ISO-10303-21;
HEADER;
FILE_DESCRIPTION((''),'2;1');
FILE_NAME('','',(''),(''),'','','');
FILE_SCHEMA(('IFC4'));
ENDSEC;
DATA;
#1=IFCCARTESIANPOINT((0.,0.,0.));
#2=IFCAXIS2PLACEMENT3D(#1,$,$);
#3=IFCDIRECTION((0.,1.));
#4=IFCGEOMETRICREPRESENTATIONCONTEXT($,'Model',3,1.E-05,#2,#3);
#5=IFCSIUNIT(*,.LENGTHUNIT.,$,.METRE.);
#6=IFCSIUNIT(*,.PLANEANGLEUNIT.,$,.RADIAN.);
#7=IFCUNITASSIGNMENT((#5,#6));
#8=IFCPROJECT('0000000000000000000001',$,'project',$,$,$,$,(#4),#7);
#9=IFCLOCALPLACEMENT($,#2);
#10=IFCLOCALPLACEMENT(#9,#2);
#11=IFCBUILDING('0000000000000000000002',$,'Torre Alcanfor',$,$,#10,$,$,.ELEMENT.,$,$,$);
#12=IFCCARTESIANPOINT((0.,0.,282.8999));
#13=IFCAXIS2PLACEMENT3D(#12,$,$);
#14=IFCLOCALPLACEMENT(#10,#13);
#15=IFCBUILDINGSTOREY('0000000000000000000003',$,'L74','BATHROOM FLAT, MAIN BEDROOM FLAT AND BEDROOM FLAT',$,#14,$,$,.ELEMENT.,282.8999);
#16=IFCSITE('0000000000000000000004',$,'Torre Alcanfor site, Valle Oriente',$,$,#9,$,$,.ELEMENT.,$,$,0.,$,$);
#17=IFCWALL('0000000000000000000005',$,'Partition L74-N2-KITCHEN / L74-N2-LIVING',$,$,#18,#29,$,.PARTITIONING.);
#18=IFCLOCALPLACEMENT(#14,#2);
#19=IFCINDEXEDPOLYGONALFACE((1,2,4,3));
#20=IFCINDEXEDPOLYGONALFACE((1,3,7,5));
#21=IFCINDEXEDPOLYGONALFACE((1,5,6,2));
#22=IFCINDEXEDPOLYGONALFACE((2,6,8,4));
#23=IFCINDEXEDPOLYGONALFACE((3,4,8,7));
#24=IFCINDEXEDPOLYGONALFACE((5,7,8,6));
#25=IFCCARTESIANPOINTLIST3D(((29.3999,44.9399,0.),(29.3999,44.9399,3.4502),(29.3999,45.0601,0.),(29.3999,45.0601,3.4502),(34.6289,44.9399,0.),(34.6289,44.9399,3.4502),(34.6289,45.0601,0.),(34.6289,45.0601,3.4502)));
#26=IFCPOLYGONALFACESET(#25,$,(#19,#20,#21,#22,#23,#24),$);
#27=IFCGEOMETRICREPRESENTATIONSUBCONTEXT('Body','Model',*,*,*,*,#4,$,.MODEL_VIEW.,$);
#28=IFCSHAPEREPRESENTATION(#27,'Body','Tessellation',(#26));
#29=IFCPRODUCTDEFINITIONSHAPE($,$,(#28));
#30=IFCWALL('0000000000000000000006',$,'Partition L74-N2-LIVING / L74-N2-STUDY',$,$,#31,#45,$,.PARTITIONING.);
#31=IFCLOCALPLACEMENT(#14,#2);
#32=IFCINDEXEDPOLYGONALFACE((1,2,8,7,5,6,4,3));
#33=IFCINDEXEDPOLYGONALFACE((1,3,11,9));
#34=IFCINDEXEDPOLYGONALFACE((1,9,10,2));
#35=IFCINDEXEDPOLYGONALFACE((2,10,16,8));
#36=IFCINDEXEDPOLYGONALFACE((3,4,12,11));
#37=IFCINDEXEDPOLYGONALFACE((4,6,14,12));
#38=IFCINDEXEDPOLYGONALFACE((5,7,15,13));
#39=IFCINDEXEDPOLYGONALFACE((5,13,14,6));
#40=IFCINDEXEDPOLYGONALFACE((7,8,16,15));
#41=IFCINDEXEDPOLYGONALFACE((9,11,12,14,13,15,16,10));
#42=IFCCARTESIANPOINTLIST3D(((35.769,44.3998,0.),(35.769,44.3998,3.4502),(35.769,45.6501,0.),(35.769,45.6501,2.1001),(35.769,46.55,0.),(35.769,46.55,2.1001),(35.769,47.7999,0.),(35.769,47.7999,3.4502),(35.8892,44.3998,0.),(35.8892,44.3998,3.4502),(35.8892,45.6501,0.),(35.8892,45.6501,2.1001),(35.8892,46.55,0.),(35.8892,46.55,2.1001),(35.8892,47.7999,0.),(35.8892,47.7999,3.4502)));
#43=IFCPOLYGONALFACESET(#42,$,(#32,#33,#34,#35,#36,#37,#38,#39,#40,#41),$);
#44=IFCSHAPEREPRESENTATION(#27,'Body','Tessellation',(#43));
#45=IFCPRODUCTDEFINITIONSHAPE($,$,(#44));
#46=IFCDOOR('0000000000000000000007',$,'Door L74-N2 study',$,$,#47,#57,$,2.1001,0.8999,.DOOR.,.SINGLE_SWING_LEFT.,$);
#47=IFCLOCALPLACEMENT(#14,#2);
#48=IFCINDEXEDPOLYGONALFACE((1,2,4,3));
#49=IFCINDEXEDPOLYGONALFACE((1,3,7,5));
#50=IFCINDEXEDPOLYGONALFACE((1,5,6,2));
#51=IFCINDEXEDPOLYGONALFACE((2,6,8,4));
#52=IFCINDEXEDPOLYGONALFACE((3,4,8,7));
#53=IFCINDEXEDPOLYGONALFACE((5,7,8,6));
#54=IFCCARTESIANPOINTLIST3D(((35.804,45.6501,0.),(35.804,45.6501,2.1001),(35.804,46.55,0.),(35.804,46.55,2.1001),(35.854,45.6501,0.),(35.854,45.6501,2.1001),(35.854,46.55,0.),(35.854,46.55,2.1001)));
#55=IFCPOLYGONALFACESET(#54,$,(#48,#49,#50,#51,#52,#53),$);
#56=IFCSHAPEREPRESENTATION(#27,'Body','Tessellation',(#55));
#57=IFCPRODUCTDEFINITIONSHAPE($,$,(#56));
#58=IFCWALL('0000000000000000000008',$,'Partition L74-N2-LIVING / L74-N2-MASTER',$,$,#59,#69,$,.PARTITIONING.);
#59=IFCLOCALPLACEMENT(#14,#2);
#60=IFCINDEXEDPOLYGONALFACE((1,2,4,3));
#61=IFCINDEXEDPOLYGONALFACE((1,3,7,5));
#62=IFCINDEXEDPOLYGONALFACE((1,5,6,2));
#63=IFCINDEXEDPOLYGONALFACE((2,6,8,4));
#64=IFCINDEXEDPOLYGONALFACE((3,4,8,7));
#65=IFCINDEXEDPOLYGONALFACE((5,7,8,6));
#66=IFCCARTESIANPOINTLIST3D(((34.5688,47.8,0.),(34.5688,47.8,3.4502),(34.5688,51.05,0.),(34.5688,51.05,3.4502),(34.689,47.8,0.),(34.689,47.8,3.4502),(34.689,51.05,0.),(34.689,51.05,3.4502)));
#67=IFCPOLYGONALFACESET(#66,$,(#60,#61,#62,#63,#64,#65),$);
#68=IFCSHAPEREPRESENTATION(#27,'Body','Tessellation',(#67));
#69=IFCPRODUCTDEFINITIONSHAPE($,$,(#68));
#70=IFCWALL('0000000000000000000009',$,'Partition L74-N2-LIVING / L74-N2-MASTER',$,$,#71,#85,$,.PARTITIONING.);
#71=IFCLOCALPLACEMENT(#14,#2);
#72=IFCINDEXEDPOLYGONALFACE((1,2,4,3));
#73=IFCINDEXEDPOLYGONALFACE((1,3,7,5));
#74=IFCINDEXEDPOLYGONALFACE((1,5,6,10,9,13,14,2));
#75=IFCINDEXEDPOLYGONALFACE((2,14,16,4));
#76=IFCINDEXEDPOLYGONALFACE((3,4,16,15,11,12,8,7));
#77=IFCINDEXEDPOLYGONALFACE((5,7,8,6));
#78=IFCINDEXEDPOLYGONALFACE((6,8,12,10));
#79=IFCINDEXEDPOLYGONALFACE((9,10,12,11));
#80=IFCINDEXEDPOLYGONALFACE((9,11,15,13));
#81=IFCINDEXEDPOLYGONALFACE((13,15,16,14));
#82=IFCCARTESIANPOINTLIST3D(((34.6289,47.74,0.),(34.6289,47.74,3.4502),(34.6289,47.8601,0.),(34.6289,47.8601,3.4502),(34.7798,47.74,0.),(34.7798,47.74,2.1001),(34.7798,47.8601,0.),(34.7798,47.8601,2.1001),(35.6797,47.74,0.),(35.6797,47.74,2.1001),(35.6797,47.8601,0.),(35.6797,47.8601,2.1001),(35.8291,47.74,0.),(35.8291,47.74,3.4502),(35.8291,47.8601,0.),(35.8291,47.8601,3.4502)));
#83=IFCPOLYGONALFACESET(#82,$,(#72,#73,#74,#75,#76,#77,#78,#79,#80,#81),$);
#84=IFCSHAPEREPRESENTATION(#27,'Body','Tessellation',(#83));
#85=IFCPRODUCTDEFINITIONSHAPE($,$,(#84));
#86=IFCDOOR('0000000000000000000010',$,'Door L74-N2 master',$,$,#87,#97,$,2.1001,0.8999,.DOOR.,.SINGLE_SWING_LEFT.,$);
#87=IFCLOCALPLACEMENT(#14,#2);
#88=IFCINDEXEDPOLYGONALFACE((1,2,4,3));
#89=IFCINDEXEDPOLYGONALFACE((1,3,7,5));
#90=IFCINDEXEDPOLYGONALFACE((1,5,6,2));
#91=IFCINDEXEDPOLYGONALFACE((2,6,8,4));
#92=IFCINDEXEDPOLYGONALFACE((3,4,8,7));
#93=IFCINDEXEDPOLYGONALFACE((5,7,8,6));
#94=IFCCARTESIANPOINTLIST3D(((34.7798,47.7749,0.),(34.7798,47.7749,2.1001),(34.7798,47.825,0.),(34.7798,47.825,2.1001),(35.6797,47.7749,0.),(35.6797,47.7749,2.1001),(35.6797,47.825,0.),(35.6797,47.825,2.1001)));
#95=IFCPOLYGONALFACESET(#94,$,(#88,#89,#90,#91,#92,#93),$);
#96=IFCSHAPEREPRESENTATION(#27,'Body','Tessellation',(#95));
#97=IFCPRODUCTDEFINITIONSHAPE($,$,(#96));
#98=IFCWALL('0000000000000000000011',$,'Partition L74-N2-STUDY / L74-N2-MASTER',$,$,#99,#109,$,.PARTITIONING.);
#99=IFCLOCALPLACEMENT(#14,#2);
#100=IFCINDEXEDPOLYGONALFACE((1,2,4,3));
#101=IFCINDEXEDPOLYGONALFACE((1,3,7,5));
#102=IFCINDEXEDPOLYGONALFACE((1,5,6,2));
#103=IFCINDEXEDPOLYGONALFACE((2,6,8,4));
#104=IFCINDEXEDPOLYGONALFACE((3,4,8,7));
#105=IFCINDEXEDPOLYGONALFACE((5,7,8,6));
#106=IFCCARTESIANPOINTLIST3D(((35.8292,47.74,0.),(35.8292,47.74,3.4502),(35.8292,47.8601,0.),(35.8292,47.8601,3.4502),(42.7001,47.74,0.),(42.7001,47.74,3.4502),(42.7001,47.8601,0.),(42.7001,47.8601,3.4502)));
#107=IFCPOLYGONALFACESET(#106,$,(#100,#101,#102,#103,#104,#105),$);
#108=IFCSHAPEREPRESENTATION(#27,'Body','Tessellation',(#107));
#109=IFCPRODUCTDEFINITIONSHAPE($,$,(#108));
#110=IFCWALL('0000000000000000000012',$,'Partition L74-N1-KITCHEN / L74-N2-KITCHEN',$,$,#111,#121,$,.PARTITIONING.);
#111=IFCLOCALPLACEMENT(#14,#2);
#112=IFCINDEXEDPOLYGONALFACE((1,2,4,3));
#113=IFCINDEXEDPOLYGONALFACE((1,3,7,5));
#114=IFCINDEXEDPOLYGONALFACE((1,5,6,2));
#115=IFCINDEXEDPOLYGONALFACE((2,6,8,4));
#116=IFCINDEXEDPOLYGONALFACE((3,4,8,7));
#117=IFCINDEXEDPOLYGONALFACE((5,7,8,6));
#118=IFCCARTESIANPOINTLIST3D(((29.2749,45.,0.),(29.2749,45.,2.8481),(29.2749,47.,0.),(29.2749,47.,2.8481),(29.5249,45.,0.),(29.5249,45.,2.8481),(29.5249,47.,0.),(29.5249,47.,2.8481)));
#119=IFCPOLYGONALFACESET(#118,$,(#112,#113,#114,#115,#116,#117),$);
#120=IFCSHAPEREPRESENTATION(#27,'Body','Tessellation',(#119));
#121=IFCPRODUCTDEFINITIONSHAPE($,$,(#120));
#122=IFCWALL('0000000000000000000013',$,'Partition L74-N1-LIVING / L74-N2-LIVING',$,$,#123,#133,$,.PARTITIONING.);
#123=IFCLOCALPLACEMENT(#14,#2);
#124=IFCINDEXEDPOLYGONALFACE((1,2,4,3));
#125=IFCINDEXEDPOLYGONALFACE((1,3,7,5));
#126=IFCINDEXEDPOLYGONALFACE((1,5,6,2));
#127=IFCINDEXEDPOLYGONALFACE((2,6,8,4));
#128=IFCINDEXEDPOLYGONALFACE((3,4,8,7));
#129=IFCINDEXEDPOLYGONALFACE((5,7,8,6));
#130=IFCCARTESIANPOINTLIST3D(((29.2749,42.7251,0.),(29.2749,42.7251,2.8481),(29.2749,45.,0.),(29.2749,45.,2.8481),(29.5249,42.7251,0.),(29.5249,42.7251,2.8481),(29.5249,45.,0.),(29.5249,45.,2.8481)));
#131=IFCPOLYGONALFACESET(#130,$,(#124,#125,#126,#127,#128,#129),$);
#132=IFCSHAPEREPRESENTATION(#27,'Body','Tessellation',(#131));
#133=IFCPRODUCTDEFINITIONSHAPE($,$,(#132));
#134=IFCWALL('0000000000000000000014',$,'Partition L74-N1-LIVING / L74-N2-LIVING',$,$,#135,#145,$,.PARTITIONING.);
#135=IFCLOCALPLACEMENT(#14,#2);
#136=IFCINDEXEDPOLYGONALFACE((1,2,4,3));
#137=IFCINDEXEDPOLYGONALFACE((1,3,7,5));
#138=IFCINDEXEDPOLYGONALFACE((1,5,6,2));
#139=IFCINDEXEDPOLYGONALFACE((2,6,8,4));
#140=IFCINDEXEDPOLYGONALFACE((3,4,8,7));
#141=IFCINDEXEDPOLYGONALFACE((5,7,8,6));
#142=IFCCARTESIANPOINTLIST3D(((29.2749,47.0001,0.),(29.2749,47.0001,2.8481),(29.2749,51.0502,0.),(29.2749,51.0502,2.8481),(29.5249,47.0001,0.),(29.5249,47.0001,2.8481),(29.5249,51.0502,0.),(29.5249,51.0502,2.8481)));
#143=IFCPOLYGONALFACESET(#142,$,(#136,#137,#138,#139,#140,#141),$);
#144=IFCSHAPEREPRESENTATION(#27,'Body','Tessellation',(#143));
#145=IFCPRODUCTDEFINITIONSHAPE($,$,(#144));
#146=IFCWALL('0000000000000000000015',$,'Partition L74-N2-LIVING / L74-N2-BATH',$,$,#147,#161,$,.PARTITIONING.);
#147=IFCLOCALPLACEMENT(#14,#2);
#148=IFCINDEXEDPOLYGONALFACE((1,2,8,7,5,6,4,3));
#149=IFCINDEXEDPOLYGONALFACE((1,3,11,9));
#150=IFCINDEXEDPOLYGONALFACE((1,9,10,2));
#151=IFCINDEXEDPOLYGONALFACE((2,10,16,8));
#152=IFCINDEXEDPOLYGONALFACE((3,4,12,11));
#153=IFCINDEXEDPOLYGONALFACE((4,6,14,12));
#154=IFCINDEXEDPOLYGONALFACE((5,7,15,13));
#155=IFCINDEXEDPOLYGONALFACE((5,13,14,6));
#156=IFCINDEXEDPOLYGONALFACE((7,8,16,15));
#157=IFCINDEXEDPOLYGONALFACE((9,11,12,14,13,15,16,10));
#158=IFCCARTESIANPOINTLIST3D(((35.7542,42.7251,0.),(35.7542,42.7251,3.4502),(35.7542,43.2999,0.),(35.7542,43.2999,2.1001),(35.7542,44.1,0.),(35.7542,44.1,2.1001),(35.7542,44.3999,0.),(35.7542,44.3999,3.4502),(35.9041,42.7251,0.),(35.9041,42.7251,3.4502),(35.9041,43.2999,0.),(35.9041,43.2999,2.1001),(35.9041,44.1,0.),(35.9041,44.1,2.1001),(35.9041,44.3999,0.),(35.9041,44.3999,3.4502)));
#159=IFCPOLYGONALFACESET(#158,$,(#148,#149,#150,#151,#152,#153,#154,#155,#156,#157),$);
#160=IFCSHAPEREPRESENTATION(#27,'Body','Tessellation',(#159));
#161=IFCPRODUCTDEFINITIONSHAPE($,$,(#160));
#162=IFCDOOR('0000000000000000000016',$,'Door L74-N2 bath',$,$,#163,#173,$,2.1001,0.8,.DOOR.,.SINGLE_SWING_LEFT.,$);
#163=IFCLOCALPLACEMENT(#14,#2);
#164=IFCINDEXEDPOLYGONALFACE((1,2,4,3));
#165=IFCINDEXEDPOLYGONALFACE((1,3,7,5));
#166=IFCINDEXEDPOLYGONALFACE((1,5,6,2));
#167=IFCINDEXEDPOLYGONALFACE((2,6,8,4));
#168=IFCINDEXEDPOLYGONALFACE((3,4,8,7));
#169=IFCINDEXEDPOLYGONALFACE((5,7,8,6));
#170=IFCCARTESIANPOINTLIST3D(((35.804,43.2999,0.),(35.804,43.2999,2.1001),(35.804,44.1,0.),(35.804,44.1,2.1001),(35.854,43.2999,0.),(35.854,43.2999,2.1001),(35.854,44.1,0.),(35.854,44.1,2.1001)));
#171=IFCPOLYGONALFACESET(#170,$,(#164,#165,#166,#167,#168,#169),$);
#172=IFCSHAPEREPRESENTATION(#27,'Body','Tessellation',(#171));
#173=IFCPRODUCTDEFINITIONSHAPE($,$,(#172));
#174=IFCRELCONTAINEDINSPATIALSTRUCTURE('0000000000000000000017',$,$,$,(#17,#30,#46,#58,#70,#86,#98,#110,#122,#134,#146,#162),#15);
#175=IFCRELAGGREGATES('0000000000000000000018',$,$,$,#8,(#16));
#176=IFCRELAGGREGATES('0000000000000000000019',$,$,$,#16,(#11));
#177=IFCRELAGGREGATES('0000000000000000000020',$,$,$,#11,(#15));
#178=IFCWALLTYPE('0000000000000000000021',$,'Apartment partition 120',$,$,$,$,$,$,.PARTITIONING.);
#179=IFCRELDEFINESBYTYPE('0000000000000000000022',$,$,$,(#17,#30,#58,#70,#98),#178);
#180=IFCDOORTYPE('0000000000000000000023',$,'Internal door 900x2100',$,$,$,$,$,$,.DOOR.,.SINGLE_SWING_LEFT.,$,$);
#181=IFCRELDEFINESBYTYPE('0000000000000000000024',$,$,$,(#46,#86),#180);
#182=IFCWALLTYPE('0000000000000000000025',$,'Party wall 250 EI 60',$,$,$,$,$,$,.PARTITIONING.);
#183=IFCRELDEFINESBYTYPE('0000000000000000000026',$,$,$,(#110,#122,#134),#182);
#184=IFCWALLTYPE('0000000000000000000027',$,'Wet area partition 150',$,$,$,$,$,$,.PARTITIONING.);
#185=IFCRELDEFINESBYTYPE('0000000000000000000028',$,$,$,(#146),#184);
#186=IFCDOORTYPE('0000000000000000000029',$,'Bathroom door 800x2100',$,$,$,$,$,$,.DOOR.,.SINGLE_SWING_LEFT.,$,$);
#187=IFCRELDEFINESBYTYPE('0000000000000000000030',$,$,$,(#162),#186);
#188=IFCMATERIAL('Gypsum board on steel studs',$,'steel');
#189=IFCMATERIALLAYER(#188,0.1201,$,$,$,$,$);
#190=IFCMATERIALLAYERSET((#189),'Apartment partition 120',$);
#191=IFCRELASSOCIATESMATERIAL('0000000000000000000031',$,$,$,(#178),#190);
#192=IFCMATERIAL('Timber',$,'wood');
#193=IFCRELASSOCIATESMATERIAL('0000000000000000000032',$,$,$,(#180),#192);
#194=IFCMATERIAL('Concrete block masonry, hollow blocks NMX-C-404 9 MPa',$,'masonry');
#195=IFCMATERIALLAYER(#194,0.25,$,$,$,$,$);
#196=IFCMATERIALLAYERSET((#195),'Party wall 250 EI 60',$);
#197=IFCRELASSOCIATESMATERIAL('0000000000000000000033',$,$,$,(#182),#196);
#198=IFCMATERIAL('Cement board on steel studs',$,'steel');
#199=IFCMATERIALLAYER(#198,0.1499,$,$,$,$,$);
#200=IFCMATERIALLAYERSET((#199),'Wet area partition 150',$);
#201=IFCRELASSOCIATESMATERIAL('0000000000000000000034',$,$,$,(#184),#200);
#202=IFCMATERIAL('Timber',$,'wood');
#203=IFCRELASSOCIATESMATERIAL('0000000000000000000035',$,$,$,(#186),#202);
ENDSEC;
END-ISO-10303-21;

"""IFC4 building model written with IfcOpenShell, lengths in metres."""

from ifc_helpers import new_model, si_unit, direction, frame, frame_2d, origin, place, context, subcontext, project, spatial, rectangle, extrude, material, layer, layer_set, type_object, element, fill, save


model = new_model("IFC4")

# Units and contexts
model_context = context("Model", 3, precision=1e-05, world=origin(), true_north=direction((0.0, 1.0)))
body_context = subcontext(model_context, "Body", "Model", "MODEL_VIEW")
ifc_project = project(units=[si_unit("LENGTHUNIT", "METRE"), si_unit("PLANEANGLEUNIT", "RADIAN")], contexts=[model_context])

# Site, building, storey
site_placement = place(None, origin())
site = spatial("IfcSite", under=ifc_project, at=site_placement, Name="Torre Alcanfor site, Valle Oriente", CompositionType="ELEMENT", RefElevation=0.0)
building_placement = place(site_placement, origin())
building = spatial("IfcBuilding", under=site, at=building_placement, Name="Torre Alcanfor", CompositionType="ELEMENT")
storey_placement = place(building_placement, frame((0.0, 0.0, 282.8999)))
storey = spatial("IfcBuildingStorey", under=building, at=storey_placement, Name="L74", Description="BATHROOM FLAT, MAIN BEDROOM FLAT AND BEDROOM FLAT", CompositionType="ELEMENT", Elevation=282.8999)

# Shared definitions
ifc_material_1 = material(Name="Gypsum board on steel studs", Category="steel")
ifc_layer_1 = layer(ifc_material_1, 0.1201)
ifc_layer_set_1 = layer_set([ifc_layer_1], Name="Apartment partition 120")
wall_type_1 = type_object("IfcWallType", Name="Apartment partition 120", PredefinedType="PARTITIONING", material=ifc_layer_set_1)

# Shared definitions
ifc_material_2 = material(Name="Timber", Category="wood")
door_type_1 = type_object("IfcDoorType", Name="Internal door 900x2100", OperationType="SINGLE_SWING_LEFT", PredefinedType="DOOR", material=ifc_material_2)

# Wall
wall_1_placement = place(storey_placement, frame((34.6289, 45.0, 0.0), z_axis=(0.0, 0.0, 1.0), x_axis=(-1.0, 0.0, 0.0)))
element("IfcWall", 1, at=wall_1_placement, inside=storey, type_object=wall_type_1, Name="Partition L74-N2-KITCHEN / L74-N2-LIVING", PredefinedType="PARTITIONING", context=body_context, shape_type="SweptSolid", body=[
    extrude(rectangle(XDim=5.229, YDim=0.1201, at=frame_2d((2.6145, 0.0))), origin(), (0.0, 0.0, 1.0), 3.4502),
])

# Wall, opening, door
wall_2_placement = place(storey_placement, frame((35.8291, 47.8, 0.0), z_axis=(0.0, 0.0, 1.0), x_axis=(0.0, -1.0, 0.0)))
wall_2 = element("IfcWall", 2, at=wall_2_placement, inside=storey, type_object=wall_type_1, Name="Partition L74-N2-LIVING / L74-N2-STUDY", PredefinedType="PARTITIONING", context=body_context, shape_type="SweptSolid", body=[
    extrude(rectangle(XDim=3.4001, YDim=0.1201, at=frame_2d((1.7002, 0.0))), origin(), (0.0, 0.0, 1.0), 3.4502),
])
opening_1_placement = place(wall_2_placement, frame((1.25, 0.0, 0.0)))
opening_1 = element("IfcOpeningElement", 3, at=opening_1_placement, cuts=wall_2, PredefinedType="OPENING", context=body_context, shape_type="SweptSolid", body=[
    extrude(rectangle(XDim=0.8999, YDim=2.1001, at=frame_2d((0.45, 1.05))), frame((0.0, 0.0701, 0.0), z_axis=(0.0, -1.0, 0.0), x_axis=(1.0, 0.0, 0.0)), (0.0, 0.0, 1.0), 0.1401),
])
door_1_placement = place(opening_1_placement, origin())
door_1 = element("IfcDoor", 4, at=door_1_placement, inside=storey, type_object=door_type_1, Name="Door L74-N2 study", OperationType="SINGLE_SWING_LEFT", OverallHeight=2.1001, OverallWidth=0.8999, PredefinedType="DOOR", context=body_context, shape_type="SweptSolid", body=[
    extrude(rectangle(XDim=0.8999, YDim=2.1001, at=frame_2d((0.45, 1.05))), frame((0.0, 0.0249, 0.0), z_axis=(0.0, -1.0, 0.0), x_axis=(1.0, 0.0, 0.0)), (0.0, 0.0, 1.0), 0.05),
])
fill(opening_1, door_1)

# Wall
wall_3_placement = place(storey_placement, frame((34.6289, 51.05, 0.0), z_axis=(0.0, 0.0, 1.0), x_axis=(0.0, -1.0, 0.0)))
element("IfcWall", 5, at=wall_3_placement, inside=storey, type_object=wall_type_1, Name="Partition L74-N2-LIVING / L74-N2-MASTER", PredefinedType="PARTITIONING", context=body_context, shape_type="SweptSolid", body=[
    extrude(rectangle(XDim=3.25, YDim=0.1201, at=frame_2d((1.625, 0.0))), origin(), (0.0, 0.0, 1.0), 3.4502),
])

# Wall, opening, door
wall_4_placement = place(storey_placement, frame((34.6289, 47.8, 0.0), z_axis=(0.0, 0.0, 1.0), x_axis=(1.0, 0.0, 0.0)))
wall_4 = element("IfcWall", 6, at=wall_4_placement, inside=storey, type_object=wall_type_1, Name="Partition L74-N2-LIVING / L74-N2-MASTER", PredefinedType="PARTITIONING", context=body_context, shape_type="SweptSolid", body=[
    extrude(rectangle(XDim=1.2002, YDim=0.1201, at=frame_2d((0.6001, 0.0))), origin(), (0.0, 0.0, 1.0), 3.4502),
])
opening_2_placement = place(wall_4_placement, frame((0.1509, 0.0, 0.0)))
opening_2 = element("IfcOpeningElement", 7, at=opening_2_placement, cuts=wall_4, PredefinedType="OPENING", context=body_context, shape_type="SweptSolid", body=[
    extrude(rectangle(XDim=0.8999, YDim=2.1001, at=frame_2d((0.45, 1.05))), frame((0.0, 0.0701, 0.0), z_axis=(0.0, -1.0, 0.0), x_axis=(1.0, 0.0, 0.0)), (0.0, 0.0, 1.0), 0.1401),
])
door_2_placement = place(opening_2_placement, origin())
door_2 = element("IfcDoor", 8, at=door_2_placement, inside=storey, type_object=door_type_1, Name="Door L74-N2 master", OperationType="SINGLE_SWING_LEFT", OverallHeight=2.1001, OverallWidth=0.8999, PredefinedType="DOOR", context=body_context, shape_type="SweptSolid", body=[
    extrude(rectangle(XDim=0.8999, YDim=2.1001, at=frame_2d((0.45, 1.05))), frame((0.0, 0.0249, 0.0), z_axis=(0.0, -1.0, 0.0), x_axis=(1.0, 0.0, 0.0)), (0.0, 0.0, 1.0), 0.05),
])
fill(opening_2, door_2)

# Walls
wall_5_placement = place(storey_placement, frame((35.8291, 47.8, 0.0), z_axis=(0.0, 0.0, 1.0), x_axis=(1.0, 0.0, 0.0)))
element("IfcWall", 9, at=wall_5_placement, inside=storey, type_object=wall_type_1, Name="Partition L74-N2-STUDY / L74-N2-MASTER", PredefinedType="PARTITIONING", context=body_context, shape_type="SweptSolid", body=[
    extrude(rectangle(XDim=6.8708, YDim=0.1201, at=frame_2d((3.4355, 0.0))), origin(), (0.0, 0.0, 1.0), 3.4502),
])
ifc_material_3 = material(Name="Concrete block masonry, hollow blocks NMX-C-404 9 MPa", Category="masonry")
ifc_layer_2 = layer(ifc_material_3, 0.25)
ifc_layer_set_2 = layer_set([ifc_layer_2], Name="Party wall 250 EI 60")
wall_type_2 = type_object("IfcWallType", Name="Party wall 250 EI 60", PredefinedType="PARTITIONING", material=ifc_layer_set_2)
wall_6_placement = place(storey_placement, frame((29.3999, 45.0, 0.0), z_axis=(0.0, 0.0, 1.0), x_axis=(0.0, 1.0, 0.0)))
element("IfcWall", 10, at=wall_6_placement, inside=storey, type_object=wall_type_2, Name="Partition L74-N1-KITCHEN / L74-N2-KITCHEN", PredefinedType="PARTITIONING", context=body_context, shape_type="SweptSolid", body=[
    extrude(rectangle(XDim=2.0, YDim=0.25, at=frame_2d((1.0, 0.0))), origin(), (0.0, 0.0, 1.0), 2.8481),
])
wall_7_placement = place(storey_placement, frame((29.3999, 45.0, 0.0), z_axis=(0.0, 0.0, 1.0), x_axis=(0.0, -1.0, 0.0)))
element("IfcWall", 11, at=wall_7_placement, inside=storey, type_object=wall_type_2, Name="Partition L74-N1-LIVING / L74-N2-LIVING", PredefinedType="PARTITIONING", context=body_context, shape_type="SweptSolid", body=[
    extrude(rectangle(XDim=2.2749, YDim=0.25, at=frame_2d((1.1375, 0.0))), origin(), (0.0, 0.0, 1.0), 2.8481),
])
wall_8_placement = place(storey_placement, frame((29.3999, 51.05, 0.0), z_axis=(0.0, 0.0, 1.0), x_axis=(0.0, -1.0, 0.0)))
element("IfcWall", 12, at=wall_8_placement, inside=storey, type_object=wall_type_2, Name="Partition L74-N1-LIVING / L74-N2-LIVING", PredefinedType="PARTITIONING", context=body_context, shape_type="SweptSolid", body=[
    extrude(rectangle(XDim=4.05, YDim=0.25, at=frame_2d((2.0249, 0.0))), origin(), (0.0, 0.0, 1.0), 2.8481),
])

# Wall, opening, door
ifc_material_4 = material(Name="Cement board on steel studs", Category="steel")
ifc_layer_3 = layer(ifc_material_4, 0.1499)
ifc_layer_set_3 = layer_set([ifc_layer_3], Name="Wet area partition 150")
wall_type_3 = type_object("IfcWallType", Name="Wet area partition 150", PredefinedType="PARTITIONING", material=ifc_layer_set_3)
wall_9_placement = place(storey_placement, frame((35.8291, 44.3999, 0.0), z_axis=(0.0, 0.0, 1.0), x_axis=(0.0, -1.0, 0.0)))
wall_9 = element("IfcWall", 13, at=wall_9_placement, inside=storey, type_object=wall_type_3, Name="Partition L74-N2-LIVING / L74-N2-BATH", PredefinedType="PARTITIONING", context=body_context, shape_type="SweptSolid", body=[
    extrude(rectangle(XDim=1.6748, YDim=0.1499, at=frame_2d((0.8374, 0.0))), origin(), (0.0, 0.0, 1.0), 3.4502),
])
opening_3_placement = place(wall_9_placement, frame((0.3, 0.0, 0.0)))
opening_3 = element("IfcOpeningElement", 14, at=opening_3_placement, cuts=wall_9, PredefinedType="OPENING", context=body_context, shape_type="SweptSolid", body=[
    extrude(rectangle(XDim=0.8, YDim=2.1001, at=frame_2d((0.3999, 1.05))), frame((0.0, 0.085, 0.0), z_axis=(0.0, -1.0, 0.0), x_axis=(1.0, 0.0, 0.0)), (0.0, 0.0, 1.0), 0.1699),
])
ifc_material_5 = material(Name="Timber", Category="wood")
door_type_2 = type_object("IfcDoorType", Name="Bathroom door 800x2100", OperationType="SINGLE_SWING_LEFT", PredefinedType="DOOR", material=ifc_material_5)
door_3_placement = place(opening_3_placement, origin())
door_3 = element("IfcDoor", 15, at=door_3_placement, inside=storey, type_object=door_type_2, Name="Door L74-N2 bath", OperationType="SINGLE_SWING_LEFT", OverallHeight=2.1001, OverallWidth=0.8, PredefinedType="DOOR", context=body_context, shape_type="SweptSolid", body=[
    extrude(rectangle(XDim=0.8, YDim=2.1001, at=frame_2d((0.3999, 1.05))), frame((0.0, 0.0249, 0.0), z_axis=(0.0, -1.0, 0.0), x_axis=(1.0, 0.0, 0.0)), (0.0, 0.0, 1.0), 0.05),
])
fill(opening_3, door_3)

save(model, "model.ifc")
